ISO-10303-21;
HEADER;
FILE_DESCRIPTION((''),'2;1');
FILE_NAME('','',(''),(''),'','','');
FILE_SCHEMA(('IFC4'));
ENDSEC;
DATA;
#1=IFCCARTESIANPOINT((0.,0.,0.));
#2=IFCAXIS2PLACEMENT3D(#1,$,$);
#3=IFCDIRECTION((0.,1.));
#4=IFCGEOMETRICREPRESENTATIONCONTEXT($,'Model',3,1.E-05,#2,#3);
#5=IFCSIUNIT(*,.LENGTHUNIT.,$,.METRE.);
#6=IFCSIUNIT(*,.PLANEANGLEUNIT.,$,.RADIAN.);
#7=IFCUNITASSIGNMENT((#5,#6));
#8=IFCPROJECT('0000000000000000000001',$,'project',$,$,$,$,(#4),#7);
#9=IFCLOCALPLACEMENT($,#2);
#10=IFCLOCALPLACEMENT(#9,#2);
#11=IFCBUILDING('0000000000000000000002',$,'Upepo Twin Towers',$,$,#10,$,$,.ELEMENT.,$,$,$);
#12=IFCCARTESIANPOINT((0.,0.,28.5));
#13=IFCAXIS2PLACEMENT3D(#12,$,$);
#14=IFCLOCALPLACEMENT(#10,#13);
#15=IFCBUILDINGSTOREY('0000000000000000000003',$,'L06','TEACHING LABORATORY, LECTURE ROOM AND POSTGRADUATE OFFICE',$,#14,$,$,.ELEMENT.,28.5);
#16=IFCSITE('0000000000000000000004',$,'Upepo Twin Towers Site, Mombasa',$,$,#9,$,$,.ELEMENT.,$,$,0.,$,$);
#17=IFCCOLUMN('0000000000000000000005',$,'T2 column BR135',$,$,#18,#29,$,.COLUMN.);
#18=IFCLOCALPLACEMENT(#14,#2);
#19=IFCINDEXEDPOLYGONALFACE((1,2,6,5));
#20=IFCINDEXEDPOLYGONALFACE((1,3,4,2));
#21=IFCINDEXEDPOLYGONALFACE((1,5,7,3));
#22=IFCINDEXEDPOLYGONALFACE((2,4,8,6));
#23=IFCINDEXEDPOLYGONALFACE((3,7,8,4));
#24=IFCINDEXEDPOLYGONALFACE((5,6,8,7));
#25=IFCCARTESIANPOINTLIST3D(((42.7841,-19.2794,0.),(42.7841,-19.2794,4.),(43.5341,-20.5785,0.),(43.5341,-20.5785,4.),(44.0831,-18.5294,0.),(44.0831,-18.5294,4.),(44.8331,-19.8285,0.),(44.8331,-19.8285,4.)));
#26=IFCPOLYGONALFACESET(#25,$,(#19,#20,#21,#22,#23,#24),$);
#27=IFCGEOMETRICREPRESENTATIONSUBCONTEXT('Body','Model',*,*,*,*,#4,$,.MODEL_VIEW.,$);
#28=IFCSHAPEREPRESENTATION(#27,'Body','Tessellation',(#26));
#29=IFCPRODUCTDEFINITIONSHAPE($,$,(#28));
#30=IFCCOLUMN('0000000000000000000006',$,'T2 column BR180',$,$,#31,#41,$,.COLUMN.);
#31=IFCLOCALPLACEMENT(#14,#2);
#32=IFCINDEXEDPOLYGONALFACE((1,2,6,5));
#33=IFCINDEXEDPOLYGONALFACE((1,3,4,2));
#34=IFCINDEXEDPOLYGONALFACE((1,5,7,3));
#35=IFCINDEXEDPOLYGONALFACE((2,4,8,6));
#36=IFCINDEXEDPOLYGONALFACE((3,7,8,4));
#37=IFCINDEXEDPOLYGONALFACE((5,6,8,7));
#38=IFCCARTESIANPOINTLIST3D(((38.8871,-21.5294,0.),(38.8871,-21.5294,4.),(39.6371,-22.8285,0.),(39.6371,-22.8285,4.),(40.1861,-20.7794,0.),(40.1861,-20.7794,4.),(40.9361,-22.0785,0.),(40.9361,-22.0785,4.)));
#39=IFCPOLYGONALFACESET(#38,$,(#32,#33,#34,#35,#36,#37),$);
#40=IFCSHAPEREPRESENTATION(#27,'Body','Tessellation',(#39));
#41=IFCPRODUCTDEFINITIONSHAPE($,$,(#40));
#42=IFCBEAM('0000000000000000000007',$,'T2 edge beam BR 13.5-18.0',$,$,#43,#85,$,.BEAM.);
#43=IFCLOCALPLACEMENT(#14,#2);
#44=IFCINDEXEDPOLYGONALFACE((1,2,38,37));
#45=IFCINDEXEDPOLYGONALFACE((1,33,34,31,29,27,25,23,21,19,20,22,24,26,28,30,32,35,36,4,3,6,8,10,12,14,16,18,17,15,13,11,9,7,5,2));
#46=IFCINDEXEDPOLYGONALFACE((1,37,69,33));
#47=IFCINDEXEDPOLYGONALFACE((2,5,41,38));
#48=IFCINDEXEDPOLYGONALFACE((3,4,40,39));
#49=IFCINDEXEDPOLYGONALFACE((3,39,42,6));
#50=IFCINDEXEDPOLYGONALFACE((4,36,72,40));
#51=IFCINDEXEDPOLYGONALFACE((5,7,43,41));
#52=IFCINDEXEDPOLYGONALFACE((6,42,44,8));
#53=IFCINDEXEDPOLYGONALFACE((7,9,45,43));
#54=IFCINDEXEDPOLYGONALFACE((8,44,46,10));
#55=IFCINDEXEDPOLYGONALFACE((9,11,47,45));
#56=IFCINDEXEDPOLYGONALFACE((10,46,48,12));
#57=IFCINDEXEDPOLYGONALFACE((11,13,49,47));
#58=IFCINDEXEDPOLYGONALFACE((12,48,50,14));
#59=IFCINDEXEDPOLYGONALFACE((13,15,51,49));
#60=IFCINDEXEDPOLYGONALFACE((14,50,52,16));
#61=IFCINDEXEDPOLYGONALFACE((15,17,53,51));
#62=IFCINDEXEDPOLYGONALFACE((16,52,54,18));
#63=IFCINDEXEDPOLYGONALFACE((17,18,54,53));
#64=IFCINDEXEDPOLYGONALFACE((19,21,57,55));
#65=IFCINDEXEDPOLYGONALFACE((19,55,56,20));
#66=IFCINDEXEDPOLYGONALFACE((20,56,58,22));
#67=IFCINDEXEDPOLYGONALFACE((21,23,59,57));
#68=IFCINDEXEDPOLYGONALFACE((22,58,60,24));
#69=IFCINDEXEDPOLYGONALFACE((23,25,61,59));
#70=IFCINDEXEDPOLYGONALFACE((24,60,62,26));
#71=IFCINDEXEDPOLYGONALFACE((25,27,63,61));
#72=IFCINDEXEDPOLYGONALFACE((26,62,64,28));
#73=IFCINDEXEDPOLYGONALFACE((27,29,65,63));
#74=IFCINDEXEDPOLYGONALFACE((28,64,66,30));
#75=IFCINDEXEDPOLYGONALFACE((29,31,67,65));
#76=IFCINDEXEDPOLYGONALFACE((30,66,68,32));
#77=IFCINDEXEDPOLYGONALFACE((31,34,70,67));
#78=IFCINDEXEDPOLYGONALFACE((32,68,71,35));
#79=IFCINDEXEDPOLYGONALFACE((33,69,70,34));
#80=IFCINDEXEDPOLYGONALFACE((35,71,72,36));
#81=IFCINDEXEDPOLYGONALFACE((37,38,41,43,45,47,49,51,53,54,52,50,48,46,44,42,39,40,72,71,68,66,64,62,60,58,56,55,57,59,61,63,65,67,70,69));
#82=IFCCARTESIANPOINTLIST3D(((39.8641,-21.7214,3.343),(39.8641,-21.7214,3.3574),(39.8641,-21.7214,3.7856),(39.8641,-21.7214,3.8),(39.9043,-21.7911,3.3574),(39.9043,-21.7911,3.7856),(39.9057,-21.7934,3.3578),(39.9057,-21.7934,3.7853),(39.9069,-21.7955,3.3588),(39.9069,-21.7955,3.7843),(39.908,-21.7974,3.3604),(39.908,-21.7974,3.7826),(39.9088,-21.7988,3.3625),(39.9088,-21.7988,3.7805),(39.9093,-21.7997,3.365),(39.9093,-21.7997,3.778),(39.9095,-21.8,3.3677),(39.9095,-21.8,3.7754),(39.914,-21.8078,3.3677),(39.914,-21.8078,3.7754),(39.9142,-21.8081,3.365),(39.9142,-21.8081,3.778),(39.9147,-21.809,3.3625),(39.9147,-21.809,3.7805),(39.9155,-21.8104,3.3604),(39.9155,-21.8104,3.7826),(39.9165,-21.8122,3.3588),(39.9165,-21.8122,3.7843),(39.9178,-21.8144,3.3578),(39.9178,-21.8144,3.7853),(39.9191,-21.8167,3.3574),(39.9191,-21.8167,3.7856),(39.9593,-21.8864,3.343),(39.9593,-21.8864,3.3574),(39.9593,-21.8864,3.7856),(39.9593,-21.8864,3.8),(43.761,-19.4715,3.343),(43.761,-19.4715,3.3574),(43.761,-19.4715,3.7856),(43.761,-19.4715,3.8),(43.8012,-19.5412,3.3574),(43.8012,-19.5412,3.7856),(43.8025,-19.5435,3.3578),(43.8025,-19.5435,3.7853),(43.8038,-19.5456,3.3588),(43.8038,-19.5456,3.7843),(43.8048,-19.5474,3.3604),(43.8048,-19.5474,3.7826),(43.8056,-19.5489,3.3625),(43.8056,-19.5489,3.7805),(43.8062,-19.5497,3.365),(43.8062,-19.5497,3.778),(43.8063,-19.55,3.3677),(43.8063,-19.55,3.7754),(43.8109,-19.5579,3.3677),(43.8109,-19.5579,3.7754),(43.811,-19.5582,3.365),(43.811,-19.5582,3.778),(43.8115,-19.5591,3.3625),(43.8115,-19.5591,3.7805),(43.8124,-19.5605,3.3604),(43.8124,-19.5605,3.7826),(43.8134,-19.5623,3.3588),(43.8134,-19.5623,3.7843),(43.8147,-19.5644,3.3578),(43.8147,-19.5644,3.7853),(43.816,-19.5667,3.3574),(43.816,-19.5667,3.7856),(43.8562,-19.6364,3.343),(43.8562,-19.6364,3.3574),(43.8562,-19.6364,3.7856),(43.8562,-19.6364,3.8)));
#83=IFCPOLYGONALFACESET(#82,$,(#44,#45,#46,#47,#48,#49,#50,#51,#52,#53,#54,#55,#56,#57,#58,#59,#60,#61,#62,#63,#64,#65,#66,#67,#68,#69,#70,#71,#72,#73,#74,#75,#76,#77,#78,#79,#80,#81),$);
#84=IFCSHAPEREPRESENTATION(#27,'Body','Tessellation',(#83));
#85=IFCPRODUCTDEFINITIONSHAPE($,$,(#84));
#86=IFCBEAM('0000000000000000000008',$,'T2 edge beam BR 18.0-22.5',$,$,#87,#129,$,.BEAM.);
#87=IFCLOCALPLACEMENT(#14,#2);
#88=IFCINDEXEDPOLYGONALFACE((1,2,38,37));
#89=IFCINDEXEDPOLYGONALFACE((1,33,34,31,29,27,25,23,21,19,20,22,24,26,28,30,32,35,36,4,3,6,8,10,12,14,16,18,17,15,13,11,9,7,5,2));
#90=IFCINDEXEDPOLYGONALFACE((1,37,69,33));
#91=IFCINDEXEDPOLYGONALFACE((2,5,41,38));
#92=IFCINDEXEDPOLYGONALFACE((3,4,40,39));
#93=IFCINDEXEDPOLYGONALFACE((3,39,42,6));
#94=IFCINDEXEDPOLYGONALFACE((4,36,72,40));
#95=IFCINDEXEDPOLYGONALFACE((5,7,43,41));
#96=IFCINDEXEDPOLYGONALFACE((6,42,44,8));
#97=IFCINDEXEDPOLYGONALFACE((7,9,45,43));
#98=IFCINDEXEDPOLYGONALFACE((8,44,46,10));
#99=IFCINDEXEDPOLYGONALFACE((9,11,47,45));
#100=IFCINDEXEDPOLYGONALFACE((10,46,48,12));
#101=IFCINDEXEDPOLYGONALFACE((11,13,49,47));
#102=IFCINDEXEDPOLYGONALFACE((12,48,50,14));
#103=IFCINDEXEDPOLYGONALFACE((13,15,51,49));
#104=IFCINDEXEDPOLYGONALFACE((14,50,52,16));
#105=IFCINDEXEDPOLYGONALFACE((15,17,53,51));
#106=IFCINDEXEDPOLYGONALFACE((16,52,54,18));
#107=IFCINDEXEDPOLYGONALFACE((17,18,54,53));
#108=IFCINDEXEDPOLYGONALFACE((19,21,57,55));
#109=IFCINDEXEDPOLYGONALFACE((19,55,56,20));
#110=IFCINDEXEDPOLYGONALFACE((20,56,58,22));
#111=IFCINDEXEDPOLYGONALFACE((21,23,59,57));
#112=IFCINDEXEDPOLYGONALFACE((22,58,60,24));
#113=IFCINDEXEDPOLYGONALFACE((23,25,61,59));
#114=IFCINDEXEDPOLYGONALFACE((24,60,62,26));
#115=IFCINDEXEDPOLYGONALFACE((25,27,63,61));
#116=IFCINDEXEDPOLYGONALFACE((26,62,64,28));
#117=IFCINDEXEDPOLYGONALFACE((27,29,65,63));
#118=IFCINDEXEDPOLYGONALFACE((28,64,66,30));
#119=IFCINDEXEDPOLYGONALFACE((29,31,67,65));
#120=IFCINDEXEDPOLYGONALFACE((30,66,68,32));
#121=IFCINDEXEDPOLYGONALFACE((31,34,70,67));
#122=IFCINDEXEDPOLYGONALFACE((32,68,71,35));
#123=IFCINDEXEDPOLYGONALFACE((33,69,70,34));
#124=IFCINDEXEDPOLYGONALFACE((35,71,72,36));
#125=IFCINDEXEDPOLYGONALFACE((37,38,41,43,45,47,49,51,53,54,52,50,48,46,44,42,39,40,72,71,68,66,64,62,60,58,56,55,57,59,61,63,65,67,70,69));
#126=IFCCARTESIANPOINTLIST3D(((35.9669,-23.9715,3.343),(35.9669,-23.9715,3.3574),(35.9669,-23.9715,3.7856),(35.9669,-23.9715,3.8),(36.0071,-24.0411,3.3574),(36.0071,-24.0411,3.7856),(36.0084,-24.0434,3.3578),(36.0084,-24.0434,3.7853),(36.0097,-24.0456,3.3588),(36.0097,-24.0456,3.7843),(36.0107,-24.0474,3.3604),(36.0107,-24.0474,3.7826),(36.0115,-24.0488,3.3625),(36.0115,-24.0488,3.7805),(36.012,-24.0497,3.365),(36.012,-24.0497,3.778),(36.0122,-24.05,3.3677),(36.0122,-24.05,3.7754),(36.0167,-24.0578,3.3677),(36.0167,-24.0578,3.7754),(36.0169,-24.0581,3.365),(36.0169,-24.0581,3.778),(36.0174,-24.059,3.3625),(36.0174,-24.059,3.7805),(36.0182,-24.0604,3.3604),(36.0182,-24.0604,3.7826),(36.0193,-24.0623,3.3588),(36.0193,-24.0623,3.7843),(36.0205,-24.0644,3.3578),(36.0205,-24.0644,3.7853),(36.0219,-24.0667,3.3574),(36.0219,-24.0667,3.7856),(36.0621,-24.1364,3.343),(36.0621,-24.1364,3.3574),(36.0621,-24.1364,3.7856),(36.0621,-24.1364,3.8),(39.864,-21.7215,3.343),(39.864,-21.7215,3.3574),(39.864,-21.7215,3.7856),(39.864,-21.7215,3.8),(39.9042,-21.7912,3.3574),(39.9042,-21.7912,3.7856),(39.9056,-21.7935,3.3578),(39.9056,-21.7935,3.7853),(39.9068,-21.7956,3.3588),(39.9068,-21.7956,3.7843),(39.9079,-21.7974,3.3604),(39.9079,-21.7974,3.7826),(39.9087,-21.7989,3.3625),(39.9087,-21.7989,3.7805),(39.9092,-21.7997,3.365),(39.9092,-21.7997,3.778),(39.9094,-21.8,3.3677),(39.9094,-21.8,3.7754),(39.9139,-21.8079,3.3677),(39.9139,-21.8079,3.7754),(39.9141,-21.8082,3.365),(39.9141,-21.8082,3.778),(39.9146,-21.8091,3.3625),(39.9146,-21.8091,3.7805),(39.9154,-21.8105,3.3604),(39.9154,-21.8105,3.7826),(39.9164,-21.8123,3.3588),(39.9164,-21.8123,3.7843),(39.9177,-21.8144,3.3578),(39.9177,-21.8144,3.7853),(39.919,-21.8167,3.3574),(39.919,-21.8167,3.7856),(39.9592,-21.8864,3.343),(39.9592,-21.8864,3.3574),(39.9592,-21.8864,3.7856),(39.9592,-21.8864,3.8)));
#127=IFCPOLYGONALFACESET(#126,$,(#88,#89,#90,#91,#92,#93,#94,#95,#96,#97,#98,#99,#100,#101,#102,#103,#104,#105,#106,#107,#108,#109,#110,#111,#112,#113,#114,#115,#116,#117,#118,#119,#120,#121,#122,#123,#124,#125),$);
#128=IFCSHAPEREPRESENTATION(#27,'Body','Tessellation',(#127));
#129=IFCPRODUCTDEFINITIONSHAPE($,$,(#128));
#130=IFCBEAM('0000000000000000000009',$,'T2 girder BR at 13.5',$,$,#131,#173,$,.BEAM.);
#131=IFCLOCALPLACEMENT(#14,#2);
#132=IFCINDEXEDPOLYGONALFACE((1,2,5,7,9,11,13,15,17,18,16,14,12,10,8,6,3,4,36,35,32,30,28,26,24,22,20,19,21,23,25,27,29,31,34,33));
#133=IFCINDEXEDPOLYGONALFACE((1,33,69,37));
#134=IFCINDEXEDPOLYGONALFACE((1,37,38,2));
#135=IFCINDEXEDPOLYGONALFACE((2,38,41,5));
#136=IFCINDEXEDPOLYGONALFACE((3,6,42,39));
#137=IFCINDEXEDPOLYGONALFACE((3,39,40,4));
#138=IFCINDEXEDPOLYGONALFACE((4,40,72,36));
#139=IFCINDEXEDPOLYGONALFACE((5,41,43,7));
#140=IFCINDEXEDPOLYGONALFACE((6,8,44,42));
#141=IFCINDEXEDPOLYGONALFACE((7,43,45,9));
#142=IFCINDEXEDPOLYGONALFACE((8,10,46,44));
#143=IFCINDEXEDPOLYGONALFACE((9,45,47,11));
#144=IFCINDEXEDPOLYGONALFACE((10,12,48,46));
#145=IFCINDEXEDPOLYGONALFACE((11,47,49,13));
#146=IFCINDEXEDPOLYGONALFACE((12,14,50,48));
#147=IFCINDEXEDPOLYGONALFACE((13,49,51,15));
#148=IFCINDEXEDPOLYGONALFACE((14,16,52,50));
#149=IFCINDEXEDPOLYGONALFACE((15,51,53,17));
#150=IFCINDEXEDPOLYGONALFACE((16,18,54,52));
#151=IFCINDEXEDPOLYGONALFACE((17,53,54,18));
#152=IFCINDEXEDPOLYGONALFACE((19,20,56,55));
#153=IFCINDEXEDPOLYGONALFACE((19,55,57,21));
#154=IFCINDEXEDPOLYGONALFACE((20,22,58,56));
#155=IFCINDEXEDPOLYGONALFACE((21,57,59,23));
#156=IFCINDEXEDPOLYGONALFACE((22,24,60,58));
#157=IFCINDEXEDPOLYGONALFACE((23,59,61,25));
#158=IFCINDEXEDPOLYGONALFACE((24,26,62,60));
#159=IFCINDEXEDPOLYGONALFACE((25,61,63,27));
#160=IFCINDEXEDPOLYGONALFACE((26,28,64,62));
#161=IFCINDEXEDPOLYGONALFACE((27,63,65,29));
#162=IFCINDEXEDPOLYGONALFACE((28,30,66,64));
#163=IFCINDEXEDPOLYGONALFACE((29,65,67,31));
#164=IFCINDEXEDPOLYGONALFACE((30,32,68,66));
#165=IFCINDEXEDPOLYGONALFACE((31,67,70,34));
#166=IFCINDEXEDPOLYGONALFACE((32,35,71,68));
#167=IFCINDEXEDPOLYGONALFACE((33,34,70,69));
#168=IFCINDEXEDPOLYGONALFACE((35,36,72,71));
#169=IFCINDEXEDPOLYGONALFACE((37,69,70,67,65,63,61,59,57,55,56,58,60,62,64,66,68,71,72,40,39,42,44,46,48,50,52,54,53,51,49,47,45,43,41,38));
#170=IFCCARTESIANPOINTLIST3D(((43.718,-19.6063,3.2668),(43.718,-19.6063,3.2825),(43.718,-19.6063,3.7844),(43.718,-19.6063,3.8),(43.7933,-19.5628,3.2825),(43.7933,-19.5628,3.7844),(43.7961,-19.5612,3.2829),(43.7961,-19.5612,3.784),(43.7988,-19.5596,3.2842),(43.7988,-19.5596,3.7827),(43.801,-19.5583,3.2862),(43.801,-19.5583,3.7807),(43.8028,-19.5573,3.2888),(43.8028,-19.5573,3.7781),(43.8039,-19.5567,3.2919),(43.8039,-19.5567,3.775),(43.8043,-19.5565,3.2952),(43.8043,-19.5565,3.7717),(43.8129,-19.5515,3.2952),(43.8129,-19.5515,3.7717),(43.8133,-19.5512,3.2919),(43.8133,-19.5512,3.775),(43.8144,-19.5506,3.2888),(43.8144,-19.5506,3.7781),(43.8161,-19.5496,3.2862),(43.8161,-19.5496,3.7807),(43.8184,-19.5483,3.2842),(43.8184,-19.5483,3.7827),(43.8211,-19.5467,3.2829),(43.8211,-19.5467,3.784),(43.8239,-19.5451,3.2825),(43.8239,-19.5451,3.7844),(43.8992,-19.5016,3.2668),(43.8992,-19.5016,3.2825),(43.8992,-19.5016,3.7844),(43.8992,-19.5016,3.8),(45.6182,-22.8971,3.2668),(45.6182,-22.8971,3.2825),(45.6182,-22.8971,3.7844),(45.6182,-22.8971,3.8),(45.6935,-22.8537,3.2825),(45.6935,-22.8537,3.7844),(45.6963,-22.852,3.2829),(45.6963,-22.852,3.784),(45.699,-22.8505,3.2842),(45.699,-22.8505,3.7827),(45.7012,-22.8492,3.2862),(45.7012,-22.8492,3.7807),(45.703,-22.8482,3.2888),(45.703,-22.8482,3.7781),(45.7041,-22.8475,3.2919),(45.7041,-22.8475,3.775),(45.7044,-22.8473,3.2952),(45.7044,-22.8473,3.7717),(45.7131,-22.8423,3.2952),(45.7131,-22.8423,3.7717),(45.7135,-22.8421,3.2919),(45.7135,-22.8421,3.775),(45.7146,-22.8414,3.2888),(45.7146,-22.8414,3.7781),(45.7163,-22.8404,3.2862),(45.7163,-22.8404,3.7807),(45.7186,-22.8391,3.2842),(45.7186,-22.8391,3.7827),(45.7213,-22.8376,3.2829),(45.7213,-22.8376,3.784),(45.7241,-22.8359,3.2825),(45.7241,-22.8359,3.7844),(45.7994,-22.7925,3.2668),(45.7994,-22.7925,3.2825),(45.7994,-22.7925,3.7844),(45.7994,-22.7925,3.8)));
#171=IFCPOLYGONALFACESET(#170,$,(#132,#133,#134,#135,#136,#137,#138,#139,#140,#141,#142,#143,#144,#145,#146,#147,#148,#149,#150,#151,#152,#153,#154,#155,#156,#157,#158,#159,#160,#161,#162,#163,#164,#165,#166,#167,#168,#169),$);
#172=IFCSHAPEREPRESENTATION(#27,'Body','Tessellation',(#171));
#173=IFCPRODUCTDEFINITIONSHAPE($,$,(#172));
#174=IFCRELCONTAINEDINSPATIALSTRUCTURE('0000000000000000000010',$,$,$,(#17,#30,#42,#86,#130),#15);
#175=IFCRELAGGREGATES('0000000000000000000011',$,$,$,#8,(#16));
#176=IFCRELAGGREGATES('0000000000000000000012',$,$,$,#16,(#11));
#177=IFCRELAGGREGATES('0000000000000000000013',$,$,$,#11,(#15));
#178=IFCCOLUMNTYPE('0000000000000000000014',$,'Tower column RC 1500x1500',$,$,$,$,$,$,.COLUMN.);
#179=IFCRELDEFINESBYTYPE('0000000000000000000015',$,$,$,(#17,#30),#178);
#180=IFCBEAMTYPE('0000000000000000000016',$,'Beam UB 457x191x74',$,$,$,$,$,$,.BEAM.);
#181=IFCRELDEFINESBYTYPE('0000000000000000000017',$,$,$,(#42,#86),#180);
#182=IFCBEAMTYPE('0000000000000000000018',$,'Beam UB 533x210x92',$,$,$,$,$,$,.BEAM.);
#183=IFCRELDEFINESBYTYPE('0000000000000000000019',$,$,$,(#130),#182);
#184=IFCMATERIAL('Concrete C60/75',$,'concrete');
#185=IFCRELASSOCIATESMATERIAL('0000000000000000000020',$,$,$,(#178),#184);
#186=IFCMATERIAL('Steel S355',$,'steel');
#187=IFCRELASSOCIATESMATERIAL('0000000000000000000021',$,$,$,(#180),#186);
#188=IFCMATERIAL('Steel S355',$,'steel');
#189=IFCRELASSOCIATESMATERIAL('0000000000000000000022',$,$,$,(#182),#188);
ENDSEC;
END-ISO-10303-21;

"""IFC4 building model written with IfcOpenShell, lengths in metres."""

from ifc_helpers import new_model, si_unit, direction, frame, origin, origin_2d, place, context, subcontext, project, spatial, rectangle, i_section, extrude, material, material_profile, profile_set, type_object, element, save


model = new_model("IFC4")

# Units and contexts
model_context = context("Model", 3, precision=1e-05, world=origin(), true_north=direction((0.0, 1.0)))
body_context = subcontext(model_context, "Body", "Model", "MODEL_VIEW")
ifc_project = project(units=[si_unit("LENGTHUNIT", "METRE"), si_unit("PLANEANGLEUNIT", "RADIAN")], contexts=[model_context])

# Site, building, storey
site_placement = place(None, origin())
site = spatial("IfcSite", under=ifc_project, at=site_placement, Name="Upepo Twin Towers Site, Mombasa", CompositionType="ELEMENT", RefElevation=0.0)
building_placement = place(site_placement, origin())
building = spatial("IfcBuilding", under=site, at=building_placement, Name="Upepo Twin Towers", CompositionType="ELEMENT")
storey_placement = place(building_placement, frame((0.0, 0.0, 28.5)))
storey = spatial("IfcBuildingStorey", under=building, at=storey_placement, Name="L06", Description="TEACHING LABORATORY, LECTURE ROOM AND POSTGRADUATE OFFICE", CompositionType="ELEMENT", Elevation=28.5)

# Columns
ifc_material_1 = material(Name="Concrete C60/75", Category="concrete")
ifc_material_profile_1 = material_profile(ifc_material_1, rectangle(XDim=1.5, YDim=1.5, at=origin_2d()), Name="RC 1500x1500")
ifc_profile_set_1 = profile_set([ifc_material_profile_1], Name="Concrete C60/75")
column_type = type_object("IfcColumnType", Name="Tower column RC 1500x1500", PredefinedType="COLUMN", material=ifc_profile_set_1)
for number, where, z_axis, x_axis, name in (
    (1, (43.8086, -19.554, 0.0), (0.0, 0.0, 1.0), (0.866025, 0.5, 0.0), "T2 column BR135"),
    (2, (39.9116, -21.804, 0.0), (0.0, 0.0, 1.0), (0.866025, 0.5, 0.0), "T2 column BR180"),
):
    element("IfcColumn", number, at=place(storey_placement, frame(where, z_axis=z_axis, x_axis=x_axis)), inside=storey, type_object=column_type, Name=name, PredefinedType="COLUMN", context=body_context, shape_type="SweptSolid", body=[
        extrude(rectangle(XDim=1.5, YDim=1.5, at=origin_2d()), origin(), (0.0, 0.0, 1.0), 4.0),
    ])

# Beams
ifc_material_2 = material(Name="Steel S355", Category="steel")
ifc_material_profile_2 = material_profile(ifc_material_2, i_section(OverallWidth=0.1904, OverallDepth=0.457, WebThickness=0.009, FlangeThickness=0.0144, FilletRadius=0.0103, at=origin_2d()), Name="UB 457x191x74")
ifc_profile_set_2 = profile_set([ifc_material_profile_2], Name="Steel S355")
beam_type_1 = type_object("IfcBeamType", Name="Beam UB 457x191x74", PredefinedType="BEAM", material=ifc_profile_set_2)
beam_1_placement = place(storey_placement, frame((43.8086, -19.554, 3.5715), z_axis=(-0.866018, -0.500014, 0.0), x_axis=(0.500014, -0.866018, 0.0)))
element("IfcBeam", 3, at=beam_1_placement, inside=storey, type_object=beam_type_1, Name="T2 edge beam BR 13.5-18.0", PredefinedType="BEAM", context=body_context, shape_type="SweptSolid", body=[
    extrude(i_section(OverallWidth=0.1904, OverallDepth=0.457, WebThickness=0.009, FlangeThickness=0.0144, FilletRadius=0.0103, at=origin_2d()), origin(), (0.0, 0.0, 1.0), 4.4998),
])
beam_2_placement = place(storey_placement, frame((39.9116, -21.804, 3.5715), z_axis=(-0.866031, -0.49999, 0.0), x_axis=(0.49999, -0.866031, 0.0)))
element("IfcBeam", 4, at=beam_2_placement, inside=storey, type_object=beam_type_1, Name="T2 edge beam BR 18.0-22.5", PredefinedType="BEAM", context=body_context, shape_type="SweptSolid", body=[
    extrude(i_section(OverallWidth=0.1904, OverallDepth=0.457, WebThickness=0.009, FlangeThickness=0.0144, FilletRadius=0.0103, at=origin_2d()), origin(), (0.0, 0.0, 1.0), 4.5),
])
ifc_material_3 = material(Name="Steel S355", Category="steel")
ifc_material_profile_3 = material_profile(ifc_material_3, i_section(OverallWidth=0.2092, OverallDepth=0.5332, WebThickness=0.01, FlangeThickness=0.0156, FilletRadius=0.0127, at=origin_2d()), Name="UB 533x210x92")
ifc_profile_set_3 = profile_set([ifc_material_profile_3], Name="Steel S355")
beam_type_2 = type_object("IfcBeamType", Name="Beam UB 533x210x92", PredefinedType="BEAM", material=ifc_profile_set_3)
beam_3_placement = place(storey_placement, frame((43.8086, -19.554, 3.5334), z_axis=(0.500043, -0.866, 0.0), x_axis=(0.866, 0.500043, 0.0)))
element("IfcBeam", 5, at=beam_3_placement, inside=storey, type_object=beam_type_2, Name="T2 girder BR at 13.5", PredefinedType="BEAM", context=body_context, shape_type="SweptSolid", body=[
    extrude(i_section(OverallWidth=0.2092, OverallDepth=0.5332, WebThickness=0.01, FlangeThickness=0.0156, FilletRadius=0.0127, at=origin_2d()), origin(), (0.0, 0.0, 1.0), 3.8),
])

save(model, "model.ifc")
